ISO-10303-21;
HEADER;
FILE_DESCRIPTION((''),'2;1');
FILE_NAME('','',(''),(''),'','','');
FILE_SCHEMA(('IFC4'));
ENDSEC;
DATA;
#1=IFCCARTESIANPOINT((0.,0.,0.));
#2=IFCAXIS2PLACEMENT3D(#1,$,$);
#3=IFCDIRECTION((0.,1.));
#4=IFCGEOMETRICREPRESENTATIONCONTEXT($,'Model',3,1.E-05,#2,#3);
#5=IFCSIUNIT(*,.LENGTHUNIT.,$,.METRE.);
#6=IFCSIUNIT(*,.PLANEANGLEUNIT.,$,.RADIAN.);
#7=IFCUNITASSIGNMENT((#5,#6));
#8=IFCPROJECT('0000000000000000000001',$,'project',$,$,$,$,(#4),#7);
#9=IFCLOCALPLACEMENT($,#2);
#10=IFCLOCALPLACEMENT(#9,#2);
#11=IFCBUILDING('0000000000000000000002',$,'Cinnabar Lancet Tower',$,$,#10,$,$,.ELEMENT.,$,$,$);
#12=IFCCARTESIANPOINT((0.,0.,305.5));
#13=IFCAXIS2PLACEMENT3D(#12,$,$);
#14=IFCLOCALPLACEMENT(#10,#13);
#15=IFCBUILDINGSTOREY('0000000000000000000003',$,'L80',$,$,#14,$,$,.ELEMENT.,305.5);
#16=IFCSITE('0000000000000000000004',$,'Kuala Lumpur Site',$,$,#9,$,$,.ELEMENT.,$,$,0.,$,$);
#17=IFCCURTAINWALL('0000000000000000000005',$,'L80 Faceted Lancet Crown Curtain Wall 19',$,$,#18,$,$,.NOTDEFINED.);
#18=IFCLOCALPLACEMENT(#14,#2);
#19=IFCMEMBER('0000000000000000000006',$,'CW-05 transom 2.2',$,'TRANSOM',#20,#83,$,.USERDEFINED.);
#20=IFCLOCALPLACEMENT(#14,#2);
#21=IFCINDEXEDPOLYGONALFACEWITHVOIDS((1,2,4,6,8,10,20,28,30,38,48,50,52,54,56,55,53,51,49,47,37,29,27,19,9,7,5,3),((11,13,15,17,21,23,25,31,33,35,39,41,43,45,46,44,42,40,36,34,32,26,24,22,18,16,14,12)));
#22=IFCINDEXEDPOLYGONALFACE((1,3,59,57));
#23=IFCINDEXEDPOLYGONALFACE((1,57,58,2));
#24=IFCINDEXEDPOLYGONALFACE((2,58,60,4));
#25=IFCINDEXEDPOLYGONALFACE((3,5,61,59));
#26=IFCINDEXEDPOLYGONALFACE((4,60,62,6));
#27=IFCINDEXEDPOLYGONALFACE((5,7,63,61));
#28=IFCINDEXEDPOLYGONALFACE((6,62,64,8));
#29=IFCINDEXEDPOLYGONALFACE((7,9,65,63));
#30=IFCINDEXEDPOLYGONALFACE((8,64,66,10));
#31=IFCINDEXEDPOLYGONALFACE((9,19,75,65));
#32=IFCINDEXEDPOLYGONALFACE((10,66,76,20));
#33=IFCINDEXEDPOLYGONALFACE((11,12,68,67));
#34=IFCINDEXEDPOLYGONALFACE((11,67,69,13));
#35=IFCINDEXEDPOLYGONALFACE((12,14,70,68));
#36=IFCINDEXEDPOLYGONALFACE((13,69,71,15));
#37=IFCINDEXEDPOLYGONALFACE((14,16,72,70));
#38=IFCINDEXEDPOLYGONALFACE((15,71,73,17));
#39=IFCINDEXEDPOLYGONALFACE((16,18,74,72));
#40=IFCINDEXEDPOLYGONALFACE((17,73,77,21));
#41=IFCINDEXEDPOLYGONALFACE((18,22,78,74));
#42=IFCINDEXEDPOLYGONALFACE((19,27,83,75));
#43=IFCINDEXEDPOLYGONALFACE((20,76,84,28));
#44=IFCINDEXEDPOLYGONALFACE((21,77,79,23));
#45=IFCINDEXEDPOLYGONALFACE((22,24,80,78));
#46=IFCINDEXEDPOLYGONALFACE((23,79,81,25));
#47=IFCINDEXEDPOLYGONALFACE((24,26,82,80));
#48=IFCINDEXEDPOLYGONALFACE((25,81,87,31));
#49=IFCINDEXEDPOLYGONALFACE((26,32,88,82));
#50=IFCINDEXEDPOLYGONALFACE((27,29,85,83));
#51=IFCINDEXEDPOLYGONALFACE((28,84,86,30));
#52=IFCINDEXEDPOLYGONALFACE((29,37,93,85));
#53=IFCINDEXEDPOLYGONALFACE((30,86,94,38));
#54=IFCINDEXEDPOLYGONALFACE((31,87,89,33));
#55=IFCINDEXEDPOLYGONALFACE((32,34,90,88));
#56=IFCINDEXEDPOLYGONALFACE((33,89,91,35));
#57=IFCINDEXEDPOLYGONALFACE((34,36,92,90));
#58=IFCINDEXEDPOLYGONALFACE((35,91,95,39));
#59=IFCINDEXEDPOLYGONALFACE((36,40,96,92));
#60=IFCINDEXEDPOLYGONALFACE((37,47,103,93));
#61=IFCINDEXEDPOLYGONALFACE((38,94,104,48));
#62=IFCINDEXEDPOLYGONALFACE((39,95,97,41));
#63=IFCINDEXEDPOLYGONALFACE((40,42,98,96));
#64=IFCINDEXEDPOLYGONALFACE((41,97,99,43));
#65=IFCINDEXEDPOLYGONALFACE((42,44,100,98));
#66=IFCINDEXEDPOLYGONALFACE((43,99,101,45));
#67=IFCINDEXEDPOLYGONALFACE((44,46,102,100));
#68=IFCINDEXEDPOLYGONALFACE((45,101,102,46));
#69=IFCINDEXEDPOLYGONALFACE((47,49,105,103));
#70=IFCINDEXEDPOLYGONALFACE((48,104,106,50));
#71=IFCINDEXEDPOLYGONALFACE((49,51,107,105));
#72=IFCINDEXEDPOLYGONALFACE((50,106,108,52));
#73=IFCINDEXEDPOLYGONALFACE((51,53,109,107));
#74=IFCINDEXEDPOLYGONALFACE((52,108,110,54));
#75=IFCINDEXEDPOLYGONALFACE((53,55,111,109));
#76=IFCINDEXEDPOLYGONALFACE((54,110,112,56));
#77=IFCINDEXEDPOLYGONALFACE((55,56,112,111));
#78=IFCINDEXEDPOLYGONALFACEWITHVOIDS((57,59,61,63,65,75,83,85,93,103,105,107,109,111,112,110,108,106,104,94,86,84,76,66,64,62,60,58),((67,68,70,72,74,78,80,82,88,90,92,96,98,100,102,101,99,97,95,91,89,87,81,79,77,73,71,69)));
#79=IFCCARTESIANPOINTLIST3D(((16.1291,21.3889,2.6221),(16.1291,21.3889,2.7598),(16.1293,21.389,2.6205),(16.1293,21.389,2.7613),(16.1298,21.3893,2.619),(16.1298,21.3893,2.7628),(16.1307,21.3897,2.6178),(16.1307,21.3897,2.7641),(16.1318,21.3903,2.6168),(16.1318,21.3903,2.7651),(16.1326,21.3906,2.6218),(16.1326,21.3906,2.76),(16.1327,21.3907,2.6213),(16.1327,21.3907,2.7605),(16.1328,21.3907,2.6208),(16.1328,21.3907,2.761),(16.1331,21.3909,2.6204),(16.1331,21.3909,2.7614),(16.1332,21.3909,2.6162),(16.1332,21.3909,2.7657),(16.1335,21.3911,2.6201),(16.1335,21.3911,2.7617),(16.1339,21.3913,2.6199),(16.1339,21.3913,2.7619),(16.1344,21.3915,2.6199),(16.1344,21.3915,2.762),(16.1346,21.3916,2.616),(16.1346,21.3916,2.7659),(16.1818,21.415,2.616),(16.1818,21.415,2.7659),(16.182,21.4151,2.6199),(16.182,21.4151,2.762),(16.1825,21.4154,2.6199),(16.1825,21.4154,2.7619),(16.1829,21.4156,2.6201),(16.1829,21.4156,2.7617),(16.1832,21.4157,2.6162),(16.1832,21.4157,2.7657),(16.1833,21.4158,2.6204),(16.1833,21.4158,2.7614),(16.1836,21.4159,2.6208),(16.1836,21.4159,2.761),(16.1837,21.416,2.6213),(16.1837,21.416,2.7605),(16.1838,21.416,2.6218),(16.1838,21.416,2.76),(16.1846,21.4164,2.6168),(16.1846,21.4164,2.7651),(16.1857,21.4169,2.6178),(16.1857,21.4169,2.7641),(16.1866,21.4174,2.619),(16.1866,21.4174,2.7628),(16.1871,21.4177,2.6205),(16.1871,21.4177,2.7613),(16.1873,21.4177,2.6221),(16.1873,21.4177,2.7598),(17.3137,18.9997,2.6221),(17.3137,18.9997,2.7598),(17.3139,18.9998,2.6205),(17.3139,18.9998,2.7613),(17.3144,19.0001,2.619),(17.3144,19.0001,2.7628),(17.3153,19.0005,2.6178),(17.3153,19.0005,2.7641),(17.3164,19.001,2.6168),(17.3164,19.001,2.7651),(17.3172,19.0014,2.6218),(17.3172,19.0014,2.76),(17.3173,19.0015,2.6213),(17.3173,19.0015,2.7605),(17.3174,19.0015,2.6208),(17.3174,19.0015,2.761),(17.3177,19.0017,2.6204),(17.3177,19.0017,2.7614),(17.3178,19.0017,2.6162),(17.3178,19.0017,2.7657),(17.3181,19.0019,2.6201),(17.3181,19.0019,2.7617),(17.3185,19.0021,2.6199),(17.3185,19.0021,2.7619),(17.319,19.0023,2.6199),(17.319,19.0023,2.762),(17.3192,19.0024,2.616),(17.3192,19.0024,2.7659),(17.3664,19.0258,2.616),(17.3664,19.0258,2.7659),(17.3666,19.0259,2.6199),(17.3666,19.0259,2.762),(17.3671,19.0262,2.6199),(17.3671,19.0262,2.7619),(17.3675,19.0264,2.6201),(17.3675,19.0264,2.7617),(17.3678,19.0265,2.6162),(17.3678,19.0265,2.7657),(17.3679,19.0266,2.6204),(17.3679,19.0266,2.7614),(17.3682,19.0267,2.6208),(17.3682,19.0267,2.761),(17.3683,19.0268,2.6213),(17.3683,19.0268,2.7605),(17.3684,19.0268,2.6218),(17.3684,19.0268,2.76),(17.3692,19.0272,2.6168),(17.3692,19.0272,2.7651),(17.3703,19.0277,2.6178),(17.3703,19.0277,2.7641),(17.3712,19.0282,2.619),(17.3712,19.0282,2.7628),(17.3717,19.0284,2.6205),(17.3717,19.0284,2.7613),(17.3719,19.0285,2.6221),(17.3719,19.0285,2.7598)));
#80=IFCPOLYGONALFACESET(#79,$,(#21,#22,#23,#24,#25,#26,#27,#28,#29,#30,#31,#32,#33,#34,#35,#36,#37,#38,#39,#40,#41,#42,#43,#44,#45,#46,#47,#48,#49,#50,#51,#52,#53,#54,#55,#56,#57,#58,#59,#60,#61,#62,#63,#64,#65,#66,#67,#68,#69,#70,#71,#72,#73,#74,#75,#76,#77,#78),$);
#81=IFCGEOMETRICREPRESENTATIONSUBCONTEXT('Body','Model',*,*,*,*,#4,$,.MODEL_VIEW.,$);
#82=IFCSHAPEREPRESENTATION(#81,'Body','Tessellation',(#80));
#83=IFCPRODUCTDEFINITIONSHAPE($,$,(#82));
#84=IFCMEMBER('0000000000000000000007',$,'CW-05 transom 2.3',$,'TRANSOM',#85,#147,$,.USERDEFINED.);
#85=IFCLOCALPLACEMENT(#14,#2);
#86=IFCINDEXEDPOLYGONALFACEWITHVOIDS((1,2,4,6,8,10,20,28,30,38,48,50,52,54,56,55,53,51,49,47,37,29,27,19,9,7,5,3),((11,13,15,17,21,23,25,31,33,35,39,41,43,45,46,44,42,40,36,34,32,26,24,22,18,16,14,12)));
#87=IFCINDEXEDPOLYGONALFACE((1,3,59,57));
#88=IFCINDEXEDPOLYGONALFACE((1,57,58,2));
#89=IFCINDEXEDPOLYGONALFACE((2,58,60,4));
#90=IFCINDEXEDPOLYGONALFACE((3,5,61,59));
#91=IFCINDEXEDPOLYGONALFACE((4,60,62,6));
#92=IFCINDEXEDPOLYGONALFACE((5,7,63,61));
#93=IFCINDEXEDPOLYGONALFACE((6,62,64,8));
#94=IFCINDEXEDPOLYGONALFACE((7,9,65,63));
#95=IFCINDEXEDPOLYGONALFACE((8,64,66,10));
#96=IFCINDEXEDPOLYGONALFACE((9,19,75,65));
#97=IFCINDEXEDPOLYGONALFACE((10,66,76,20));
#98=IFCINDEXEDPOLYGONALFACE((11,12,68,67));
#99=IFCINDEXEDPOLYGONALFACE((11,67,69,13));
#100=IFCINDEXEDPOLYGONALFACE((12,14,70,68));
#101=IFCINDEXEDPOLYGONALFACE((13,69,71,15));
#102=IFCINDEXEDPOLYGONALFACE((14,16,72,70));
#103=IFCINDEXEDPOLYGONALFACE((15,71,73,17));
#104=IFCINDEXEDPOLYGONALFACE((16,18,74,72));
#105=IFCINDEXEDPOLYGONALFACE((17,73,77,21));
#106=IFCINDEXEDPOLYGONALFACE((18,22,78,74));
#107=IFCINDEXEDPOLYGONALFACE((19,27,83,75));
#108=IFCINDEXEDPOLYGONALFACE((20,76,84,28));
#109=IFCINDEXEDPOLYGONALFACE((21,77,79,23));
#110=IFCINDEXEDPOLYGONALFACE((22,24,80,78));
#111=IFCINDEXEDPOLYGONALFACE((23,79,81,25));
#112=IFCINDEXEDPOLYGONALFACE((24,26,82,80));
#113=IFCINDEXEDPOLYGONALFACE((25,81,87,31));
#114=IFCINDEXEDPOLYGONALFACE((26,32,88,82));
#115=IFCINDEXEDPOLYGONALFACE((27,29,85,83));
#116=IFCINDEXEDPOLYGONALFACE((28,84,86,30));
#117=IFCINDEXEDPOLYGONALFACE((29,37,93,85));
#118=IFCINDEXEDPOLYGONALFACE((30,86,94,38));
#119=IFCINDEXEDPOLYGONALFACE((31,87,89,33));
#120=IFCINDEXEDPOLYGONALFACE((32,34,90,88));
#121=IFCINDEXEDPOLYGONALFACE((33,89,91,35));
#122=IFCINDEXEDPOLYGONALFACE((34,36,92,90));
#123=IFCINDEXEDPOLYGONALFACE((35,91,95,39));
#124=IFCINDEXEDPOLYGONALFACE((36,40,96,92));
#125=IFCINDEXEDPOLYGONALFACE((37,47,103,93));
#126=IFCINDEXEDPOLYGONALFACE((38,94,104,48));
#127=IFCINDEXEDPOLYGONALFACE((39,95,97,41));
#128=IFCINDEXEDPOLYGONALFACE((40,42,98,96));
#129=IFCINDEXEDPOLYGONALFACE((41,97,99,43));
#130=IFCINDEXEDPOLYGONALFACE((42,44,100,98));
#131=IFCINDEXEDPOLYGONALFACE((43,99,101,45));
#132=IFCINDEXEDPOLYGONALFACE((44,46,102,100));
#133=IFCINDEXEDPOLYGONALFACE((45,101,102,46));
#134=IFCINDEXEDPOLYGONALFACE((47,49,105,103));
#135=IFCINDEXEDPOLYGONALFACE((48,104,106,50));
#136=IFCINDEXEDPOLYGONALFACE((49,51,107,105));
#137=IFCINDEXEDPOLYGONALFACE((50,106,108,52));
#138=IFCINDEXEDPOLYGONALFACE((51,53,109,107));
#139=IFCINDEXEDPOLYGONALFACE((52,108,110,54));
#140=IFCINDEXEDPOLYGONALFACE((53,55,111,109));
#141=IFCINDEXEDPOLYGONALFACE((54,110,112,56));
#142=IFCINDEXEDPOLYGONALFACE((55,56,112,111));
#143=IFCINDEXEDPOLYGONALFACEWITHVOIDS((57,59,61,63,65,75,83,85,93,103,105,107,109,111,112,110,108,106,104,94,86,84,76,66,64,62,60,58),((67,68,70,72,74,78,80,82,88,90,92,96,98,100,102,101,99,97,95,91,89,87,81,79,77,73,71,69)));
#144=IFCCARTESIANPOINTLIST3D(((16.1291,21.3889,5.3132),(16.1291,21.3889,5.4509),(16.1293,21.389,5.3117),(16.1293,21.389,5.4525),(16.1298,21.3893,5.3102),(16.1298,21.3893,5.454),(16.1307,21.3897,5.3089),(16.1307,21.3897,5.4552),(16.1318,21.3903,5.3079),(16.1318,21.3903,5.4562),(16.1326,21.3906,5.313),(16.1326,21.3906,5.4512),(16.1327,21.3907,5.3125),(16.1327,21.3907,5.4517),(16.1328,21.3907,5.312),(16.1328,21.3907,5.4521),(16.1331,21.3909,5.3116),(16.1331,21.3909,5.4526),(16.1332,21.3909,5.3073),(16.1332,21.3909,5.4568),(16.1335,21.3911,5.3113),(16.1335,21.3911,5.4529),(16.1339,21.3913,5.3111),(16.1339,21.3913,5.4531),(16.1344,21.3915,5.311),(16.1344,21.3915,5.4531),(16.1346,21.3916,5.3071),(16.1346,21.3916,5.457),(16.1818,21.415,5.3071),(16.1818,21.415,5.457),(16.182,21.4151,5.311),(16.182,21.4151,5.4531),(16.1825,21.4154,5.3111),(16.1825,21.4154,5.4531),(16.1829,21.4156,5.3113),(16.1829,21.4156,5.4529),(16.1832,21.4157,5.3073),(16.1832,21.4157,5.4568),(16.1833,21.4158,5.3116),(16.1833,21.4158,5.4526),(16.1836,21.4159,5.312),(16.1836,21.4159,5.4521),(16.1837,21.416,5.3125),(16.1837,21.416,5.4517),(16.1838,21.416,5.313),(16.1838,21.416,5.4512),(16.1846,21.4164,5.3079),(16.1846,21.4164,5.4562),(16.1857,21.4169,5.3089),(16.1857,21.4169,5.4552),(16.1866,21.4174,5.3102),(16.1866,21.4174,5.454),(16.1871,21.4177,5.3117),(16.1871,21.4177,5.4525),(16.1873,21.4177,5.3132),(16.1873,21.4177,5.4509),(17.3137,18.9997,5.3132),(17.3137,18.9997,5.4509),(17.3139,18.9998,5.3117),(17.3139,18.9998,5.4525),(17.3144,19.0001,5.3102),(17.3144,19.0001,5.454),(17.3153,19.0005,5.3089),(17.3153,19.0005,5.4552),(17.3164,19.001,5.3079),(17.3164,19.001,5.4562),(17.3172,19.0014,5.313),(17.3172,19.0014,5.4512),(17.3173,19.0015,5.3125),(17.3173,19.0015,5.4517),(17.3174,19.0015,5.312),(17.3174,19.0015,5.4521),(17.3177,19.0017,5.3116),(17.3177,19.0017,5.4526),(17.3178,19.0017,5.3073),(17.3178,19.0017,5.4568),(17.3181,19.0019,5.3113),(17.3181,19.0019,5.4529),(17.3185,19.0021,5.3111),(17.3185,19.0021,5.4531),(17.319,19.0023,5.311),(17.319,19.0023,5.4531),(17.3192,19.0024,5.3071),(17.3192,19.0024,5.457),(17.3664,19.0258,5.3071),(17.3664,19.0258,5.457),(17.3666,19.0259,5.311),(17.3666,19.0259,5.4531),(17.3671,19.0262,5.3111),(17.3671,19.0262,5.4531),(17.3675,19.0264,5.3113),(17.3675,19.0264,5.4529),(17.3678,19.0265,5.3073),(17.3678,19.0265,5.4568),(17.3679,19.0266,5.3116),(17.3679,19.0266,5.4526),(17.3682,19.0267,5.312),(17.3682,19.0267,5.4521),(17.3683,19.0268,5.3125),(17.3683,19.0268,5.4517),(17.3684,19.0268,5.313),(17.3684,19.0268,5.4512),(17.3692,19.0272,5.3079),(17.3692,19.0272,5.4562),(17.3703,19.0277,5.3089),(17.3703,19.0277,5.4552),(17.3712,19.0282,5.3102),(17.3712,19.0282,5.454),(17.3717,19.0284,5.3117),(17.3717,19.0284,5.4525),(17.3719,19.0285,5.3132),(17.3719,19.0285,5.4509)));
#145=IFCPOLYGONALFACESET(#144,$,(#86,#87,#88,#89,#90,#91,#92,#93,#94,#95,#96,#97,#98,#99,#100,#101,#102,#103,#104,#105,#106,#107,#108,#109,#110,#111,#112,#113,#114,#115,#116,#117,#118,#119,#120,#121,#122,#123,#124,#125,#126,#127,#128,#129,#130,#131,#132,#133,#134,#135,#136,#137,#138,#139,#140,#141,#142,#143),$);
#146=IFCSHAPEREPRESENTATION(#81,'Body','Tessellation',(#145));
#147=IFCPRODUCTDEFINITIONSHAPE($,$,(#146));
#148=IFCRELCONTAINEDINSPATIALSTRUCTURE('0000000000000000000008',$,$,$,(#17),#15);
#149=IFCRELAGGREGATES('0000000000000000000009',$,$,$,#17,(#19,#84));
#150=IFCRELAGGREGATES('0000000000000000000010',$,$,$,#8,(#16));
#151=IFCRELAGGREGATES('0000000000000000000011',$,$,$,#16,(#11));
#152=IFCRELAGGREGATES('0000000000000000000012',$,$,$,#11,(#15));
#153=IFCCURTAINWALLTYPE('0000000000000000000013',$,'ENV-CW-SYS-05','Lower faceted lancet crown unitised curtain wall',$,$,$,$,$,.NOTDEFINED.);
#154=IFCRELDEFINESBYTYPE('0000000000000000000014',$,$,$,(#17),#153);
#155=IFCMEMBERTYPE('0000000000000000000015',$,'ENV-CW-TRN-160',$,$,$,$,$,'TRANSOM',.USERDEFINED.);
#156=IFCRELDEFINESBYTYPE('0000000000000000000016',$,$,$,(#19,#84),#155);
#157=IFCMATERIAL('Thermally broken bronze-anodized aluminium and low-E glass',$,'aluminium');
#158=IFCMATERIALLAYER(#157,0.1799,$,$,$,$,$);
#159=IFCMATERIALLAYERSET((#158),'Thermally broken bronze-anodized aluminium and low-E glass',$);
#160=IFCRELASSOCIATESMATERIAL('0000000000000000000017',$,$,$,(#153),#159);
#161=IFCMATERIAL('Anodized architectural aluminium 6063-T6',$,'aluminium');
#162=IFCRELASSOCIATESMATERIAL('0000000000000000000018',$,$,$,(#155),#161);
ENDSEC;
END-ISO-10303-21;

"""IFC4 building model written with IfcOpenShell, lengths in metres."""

from ifc_helpers import new_model, si_unit, direction, frame, origin, origin_2d, place, context, subcontext, project, spatial, hollow_rectangle, extrude, material, layer, layer_set, material_profile, profile_set, type_object, element, aggregate, save


model = new_model("IFC4")

# Units and contexts
model_context = context("Model", 3, precision=1e-05, world=origin(), true_north=direction((0.0, 1.0)))
body_context = subcontext(model_context, "Body", "Model", "MODEL_VIEW")
ifc_project = project(units=[si_unit("LENGTHUNIT", "METRE"), si_unit("PLANEANGLEUNIT", "RADIAN")], contexts=[model_context])

# Site, building, storey
site_placement = place(None, origin())
site = spatial("IfcSite", under=ifc_project, at=site_placement, Name="Kuala Lumpur Site", CompositionType="ELEMENT", RefElevation=0.0)
building_placement = place(site_placement, origin())
building = spatial("IfcBuilding", under=site, at=building_placement, Name="Cinnabar Lancet Tower", CompositionType="ELEMENT")
storey_placement = place(building_placement, frame((0.0, 0.0, 305.5)))
storey = spatial("IfcBuildingStorey", under=building, at=storey_placement, Name="L80", CompositionType="ELEMENT", Elevation=305.5)

# Curtain wall
ifc_material_1 = material(Name="Thermally broken bronze-anodized aluminium and low-E glass", Category="aluminium")
ifc_layer_1 = layer(ifc_material_1, 0.1799)
ifc_layer_set_1 = layer_set([ifc_layer_1], Name="Thermally broken bronze-anodized aluminium and low-E glass")
curtain_wall_type = type_object("IfcCurtainWallType", Name="ENV-CW-SYS-05", Description="Lower faceted lancet crown unitised curtain wall", PredefinedType="NOTDEFINED", material=ifc_layer_set_1)
curtain_wall_1_placement = place(storey_placement, origin())
curtain_wall_1 = element("IfcCurtainWall", 1, at=curtain_wall_1_placement, inside=storey, type_object=curtain_wall_type, Name="L80 Faceted Lancet Crown Curtain Wall 19", PredefinedType="NOTDEFINED")

# Members
ifc_material_2 = material(Name="Anodized architectural aluminium 6063-T6", Category="aluminium")
ifc_material_profile_1 = material_profile(ifc_material_2, hollow_rectangle(XDim=0.0649, YDim=0.1499, WallThickness=0.0039, InnerFilletRadius=0.002, OuterFilletRadius=0.0061, at=origin_2d()), Name="CW-TRN 150x65x4")
ifc_profile_set_1 = profile_set([ifc_material_profile_1], Name="Anodized architectural aluminium 6063-T6")
member_type_1 = type_object("IfcMemberType", Name="ENV-CW-TRN-160", ElementType="TRANSOM", PredefinedType="USERDEFINED", material=ifc_profile_set_1)
member_1_placement = place(storey_placement, frame((16.1582, 21.4033, 2.6909), z_axis=(0.444208, -0.895924, 0.0), x_axis=(0.895924, 0.444208, 0.0)))
member_1 = element("IfcMember", 2, at=member_1_placement, type_object=member_type_1, Name="CW-05 transom 2.2", ObjectType="TRANSOM", PredefinedType="USERDEFINED", context=body_context, shape_type="SweptSolid", body=[
    extrude(hollow_rectangle(XDim=0.0649, YDim=0.1499, WallThickness=0.0039, InnerFilletRadius=0.002, OuterFilletRadius=0.0061, at=origin_2d()), origin(), (0.0, 0.0, 1.0), 2.6667),
])
member_2_placement = place(storey_placement, frame((16.1582, 21.4033, 5.3821), z_axis=(0.444208, -0.895924, 0.0), x_axis=(0.895924, 0.444208, 0.0)))
member_2 = element("IfcMember", 3, at=member_2_placement, type_object=member_type_1, Name="CW-05 transom 2.3", ObjectType="TRANSOM", PredefinedType="USERDEFINED", context=body_context, shape_type="SweptSolid", body=[
    extrude(hollow_rectangle(XDim=0.0649, YDim=0.1499, WallThickness=0.0039, InnerFilletRadius=0.002, OuterFilletRadius=0.0061, at=origin_2d()), origin(), (0.0, 0.0, 1.0), 2.6667),
])

aggregate(curtain_wall_1, [member_1, member_2])

save(model, "model.ifc")
